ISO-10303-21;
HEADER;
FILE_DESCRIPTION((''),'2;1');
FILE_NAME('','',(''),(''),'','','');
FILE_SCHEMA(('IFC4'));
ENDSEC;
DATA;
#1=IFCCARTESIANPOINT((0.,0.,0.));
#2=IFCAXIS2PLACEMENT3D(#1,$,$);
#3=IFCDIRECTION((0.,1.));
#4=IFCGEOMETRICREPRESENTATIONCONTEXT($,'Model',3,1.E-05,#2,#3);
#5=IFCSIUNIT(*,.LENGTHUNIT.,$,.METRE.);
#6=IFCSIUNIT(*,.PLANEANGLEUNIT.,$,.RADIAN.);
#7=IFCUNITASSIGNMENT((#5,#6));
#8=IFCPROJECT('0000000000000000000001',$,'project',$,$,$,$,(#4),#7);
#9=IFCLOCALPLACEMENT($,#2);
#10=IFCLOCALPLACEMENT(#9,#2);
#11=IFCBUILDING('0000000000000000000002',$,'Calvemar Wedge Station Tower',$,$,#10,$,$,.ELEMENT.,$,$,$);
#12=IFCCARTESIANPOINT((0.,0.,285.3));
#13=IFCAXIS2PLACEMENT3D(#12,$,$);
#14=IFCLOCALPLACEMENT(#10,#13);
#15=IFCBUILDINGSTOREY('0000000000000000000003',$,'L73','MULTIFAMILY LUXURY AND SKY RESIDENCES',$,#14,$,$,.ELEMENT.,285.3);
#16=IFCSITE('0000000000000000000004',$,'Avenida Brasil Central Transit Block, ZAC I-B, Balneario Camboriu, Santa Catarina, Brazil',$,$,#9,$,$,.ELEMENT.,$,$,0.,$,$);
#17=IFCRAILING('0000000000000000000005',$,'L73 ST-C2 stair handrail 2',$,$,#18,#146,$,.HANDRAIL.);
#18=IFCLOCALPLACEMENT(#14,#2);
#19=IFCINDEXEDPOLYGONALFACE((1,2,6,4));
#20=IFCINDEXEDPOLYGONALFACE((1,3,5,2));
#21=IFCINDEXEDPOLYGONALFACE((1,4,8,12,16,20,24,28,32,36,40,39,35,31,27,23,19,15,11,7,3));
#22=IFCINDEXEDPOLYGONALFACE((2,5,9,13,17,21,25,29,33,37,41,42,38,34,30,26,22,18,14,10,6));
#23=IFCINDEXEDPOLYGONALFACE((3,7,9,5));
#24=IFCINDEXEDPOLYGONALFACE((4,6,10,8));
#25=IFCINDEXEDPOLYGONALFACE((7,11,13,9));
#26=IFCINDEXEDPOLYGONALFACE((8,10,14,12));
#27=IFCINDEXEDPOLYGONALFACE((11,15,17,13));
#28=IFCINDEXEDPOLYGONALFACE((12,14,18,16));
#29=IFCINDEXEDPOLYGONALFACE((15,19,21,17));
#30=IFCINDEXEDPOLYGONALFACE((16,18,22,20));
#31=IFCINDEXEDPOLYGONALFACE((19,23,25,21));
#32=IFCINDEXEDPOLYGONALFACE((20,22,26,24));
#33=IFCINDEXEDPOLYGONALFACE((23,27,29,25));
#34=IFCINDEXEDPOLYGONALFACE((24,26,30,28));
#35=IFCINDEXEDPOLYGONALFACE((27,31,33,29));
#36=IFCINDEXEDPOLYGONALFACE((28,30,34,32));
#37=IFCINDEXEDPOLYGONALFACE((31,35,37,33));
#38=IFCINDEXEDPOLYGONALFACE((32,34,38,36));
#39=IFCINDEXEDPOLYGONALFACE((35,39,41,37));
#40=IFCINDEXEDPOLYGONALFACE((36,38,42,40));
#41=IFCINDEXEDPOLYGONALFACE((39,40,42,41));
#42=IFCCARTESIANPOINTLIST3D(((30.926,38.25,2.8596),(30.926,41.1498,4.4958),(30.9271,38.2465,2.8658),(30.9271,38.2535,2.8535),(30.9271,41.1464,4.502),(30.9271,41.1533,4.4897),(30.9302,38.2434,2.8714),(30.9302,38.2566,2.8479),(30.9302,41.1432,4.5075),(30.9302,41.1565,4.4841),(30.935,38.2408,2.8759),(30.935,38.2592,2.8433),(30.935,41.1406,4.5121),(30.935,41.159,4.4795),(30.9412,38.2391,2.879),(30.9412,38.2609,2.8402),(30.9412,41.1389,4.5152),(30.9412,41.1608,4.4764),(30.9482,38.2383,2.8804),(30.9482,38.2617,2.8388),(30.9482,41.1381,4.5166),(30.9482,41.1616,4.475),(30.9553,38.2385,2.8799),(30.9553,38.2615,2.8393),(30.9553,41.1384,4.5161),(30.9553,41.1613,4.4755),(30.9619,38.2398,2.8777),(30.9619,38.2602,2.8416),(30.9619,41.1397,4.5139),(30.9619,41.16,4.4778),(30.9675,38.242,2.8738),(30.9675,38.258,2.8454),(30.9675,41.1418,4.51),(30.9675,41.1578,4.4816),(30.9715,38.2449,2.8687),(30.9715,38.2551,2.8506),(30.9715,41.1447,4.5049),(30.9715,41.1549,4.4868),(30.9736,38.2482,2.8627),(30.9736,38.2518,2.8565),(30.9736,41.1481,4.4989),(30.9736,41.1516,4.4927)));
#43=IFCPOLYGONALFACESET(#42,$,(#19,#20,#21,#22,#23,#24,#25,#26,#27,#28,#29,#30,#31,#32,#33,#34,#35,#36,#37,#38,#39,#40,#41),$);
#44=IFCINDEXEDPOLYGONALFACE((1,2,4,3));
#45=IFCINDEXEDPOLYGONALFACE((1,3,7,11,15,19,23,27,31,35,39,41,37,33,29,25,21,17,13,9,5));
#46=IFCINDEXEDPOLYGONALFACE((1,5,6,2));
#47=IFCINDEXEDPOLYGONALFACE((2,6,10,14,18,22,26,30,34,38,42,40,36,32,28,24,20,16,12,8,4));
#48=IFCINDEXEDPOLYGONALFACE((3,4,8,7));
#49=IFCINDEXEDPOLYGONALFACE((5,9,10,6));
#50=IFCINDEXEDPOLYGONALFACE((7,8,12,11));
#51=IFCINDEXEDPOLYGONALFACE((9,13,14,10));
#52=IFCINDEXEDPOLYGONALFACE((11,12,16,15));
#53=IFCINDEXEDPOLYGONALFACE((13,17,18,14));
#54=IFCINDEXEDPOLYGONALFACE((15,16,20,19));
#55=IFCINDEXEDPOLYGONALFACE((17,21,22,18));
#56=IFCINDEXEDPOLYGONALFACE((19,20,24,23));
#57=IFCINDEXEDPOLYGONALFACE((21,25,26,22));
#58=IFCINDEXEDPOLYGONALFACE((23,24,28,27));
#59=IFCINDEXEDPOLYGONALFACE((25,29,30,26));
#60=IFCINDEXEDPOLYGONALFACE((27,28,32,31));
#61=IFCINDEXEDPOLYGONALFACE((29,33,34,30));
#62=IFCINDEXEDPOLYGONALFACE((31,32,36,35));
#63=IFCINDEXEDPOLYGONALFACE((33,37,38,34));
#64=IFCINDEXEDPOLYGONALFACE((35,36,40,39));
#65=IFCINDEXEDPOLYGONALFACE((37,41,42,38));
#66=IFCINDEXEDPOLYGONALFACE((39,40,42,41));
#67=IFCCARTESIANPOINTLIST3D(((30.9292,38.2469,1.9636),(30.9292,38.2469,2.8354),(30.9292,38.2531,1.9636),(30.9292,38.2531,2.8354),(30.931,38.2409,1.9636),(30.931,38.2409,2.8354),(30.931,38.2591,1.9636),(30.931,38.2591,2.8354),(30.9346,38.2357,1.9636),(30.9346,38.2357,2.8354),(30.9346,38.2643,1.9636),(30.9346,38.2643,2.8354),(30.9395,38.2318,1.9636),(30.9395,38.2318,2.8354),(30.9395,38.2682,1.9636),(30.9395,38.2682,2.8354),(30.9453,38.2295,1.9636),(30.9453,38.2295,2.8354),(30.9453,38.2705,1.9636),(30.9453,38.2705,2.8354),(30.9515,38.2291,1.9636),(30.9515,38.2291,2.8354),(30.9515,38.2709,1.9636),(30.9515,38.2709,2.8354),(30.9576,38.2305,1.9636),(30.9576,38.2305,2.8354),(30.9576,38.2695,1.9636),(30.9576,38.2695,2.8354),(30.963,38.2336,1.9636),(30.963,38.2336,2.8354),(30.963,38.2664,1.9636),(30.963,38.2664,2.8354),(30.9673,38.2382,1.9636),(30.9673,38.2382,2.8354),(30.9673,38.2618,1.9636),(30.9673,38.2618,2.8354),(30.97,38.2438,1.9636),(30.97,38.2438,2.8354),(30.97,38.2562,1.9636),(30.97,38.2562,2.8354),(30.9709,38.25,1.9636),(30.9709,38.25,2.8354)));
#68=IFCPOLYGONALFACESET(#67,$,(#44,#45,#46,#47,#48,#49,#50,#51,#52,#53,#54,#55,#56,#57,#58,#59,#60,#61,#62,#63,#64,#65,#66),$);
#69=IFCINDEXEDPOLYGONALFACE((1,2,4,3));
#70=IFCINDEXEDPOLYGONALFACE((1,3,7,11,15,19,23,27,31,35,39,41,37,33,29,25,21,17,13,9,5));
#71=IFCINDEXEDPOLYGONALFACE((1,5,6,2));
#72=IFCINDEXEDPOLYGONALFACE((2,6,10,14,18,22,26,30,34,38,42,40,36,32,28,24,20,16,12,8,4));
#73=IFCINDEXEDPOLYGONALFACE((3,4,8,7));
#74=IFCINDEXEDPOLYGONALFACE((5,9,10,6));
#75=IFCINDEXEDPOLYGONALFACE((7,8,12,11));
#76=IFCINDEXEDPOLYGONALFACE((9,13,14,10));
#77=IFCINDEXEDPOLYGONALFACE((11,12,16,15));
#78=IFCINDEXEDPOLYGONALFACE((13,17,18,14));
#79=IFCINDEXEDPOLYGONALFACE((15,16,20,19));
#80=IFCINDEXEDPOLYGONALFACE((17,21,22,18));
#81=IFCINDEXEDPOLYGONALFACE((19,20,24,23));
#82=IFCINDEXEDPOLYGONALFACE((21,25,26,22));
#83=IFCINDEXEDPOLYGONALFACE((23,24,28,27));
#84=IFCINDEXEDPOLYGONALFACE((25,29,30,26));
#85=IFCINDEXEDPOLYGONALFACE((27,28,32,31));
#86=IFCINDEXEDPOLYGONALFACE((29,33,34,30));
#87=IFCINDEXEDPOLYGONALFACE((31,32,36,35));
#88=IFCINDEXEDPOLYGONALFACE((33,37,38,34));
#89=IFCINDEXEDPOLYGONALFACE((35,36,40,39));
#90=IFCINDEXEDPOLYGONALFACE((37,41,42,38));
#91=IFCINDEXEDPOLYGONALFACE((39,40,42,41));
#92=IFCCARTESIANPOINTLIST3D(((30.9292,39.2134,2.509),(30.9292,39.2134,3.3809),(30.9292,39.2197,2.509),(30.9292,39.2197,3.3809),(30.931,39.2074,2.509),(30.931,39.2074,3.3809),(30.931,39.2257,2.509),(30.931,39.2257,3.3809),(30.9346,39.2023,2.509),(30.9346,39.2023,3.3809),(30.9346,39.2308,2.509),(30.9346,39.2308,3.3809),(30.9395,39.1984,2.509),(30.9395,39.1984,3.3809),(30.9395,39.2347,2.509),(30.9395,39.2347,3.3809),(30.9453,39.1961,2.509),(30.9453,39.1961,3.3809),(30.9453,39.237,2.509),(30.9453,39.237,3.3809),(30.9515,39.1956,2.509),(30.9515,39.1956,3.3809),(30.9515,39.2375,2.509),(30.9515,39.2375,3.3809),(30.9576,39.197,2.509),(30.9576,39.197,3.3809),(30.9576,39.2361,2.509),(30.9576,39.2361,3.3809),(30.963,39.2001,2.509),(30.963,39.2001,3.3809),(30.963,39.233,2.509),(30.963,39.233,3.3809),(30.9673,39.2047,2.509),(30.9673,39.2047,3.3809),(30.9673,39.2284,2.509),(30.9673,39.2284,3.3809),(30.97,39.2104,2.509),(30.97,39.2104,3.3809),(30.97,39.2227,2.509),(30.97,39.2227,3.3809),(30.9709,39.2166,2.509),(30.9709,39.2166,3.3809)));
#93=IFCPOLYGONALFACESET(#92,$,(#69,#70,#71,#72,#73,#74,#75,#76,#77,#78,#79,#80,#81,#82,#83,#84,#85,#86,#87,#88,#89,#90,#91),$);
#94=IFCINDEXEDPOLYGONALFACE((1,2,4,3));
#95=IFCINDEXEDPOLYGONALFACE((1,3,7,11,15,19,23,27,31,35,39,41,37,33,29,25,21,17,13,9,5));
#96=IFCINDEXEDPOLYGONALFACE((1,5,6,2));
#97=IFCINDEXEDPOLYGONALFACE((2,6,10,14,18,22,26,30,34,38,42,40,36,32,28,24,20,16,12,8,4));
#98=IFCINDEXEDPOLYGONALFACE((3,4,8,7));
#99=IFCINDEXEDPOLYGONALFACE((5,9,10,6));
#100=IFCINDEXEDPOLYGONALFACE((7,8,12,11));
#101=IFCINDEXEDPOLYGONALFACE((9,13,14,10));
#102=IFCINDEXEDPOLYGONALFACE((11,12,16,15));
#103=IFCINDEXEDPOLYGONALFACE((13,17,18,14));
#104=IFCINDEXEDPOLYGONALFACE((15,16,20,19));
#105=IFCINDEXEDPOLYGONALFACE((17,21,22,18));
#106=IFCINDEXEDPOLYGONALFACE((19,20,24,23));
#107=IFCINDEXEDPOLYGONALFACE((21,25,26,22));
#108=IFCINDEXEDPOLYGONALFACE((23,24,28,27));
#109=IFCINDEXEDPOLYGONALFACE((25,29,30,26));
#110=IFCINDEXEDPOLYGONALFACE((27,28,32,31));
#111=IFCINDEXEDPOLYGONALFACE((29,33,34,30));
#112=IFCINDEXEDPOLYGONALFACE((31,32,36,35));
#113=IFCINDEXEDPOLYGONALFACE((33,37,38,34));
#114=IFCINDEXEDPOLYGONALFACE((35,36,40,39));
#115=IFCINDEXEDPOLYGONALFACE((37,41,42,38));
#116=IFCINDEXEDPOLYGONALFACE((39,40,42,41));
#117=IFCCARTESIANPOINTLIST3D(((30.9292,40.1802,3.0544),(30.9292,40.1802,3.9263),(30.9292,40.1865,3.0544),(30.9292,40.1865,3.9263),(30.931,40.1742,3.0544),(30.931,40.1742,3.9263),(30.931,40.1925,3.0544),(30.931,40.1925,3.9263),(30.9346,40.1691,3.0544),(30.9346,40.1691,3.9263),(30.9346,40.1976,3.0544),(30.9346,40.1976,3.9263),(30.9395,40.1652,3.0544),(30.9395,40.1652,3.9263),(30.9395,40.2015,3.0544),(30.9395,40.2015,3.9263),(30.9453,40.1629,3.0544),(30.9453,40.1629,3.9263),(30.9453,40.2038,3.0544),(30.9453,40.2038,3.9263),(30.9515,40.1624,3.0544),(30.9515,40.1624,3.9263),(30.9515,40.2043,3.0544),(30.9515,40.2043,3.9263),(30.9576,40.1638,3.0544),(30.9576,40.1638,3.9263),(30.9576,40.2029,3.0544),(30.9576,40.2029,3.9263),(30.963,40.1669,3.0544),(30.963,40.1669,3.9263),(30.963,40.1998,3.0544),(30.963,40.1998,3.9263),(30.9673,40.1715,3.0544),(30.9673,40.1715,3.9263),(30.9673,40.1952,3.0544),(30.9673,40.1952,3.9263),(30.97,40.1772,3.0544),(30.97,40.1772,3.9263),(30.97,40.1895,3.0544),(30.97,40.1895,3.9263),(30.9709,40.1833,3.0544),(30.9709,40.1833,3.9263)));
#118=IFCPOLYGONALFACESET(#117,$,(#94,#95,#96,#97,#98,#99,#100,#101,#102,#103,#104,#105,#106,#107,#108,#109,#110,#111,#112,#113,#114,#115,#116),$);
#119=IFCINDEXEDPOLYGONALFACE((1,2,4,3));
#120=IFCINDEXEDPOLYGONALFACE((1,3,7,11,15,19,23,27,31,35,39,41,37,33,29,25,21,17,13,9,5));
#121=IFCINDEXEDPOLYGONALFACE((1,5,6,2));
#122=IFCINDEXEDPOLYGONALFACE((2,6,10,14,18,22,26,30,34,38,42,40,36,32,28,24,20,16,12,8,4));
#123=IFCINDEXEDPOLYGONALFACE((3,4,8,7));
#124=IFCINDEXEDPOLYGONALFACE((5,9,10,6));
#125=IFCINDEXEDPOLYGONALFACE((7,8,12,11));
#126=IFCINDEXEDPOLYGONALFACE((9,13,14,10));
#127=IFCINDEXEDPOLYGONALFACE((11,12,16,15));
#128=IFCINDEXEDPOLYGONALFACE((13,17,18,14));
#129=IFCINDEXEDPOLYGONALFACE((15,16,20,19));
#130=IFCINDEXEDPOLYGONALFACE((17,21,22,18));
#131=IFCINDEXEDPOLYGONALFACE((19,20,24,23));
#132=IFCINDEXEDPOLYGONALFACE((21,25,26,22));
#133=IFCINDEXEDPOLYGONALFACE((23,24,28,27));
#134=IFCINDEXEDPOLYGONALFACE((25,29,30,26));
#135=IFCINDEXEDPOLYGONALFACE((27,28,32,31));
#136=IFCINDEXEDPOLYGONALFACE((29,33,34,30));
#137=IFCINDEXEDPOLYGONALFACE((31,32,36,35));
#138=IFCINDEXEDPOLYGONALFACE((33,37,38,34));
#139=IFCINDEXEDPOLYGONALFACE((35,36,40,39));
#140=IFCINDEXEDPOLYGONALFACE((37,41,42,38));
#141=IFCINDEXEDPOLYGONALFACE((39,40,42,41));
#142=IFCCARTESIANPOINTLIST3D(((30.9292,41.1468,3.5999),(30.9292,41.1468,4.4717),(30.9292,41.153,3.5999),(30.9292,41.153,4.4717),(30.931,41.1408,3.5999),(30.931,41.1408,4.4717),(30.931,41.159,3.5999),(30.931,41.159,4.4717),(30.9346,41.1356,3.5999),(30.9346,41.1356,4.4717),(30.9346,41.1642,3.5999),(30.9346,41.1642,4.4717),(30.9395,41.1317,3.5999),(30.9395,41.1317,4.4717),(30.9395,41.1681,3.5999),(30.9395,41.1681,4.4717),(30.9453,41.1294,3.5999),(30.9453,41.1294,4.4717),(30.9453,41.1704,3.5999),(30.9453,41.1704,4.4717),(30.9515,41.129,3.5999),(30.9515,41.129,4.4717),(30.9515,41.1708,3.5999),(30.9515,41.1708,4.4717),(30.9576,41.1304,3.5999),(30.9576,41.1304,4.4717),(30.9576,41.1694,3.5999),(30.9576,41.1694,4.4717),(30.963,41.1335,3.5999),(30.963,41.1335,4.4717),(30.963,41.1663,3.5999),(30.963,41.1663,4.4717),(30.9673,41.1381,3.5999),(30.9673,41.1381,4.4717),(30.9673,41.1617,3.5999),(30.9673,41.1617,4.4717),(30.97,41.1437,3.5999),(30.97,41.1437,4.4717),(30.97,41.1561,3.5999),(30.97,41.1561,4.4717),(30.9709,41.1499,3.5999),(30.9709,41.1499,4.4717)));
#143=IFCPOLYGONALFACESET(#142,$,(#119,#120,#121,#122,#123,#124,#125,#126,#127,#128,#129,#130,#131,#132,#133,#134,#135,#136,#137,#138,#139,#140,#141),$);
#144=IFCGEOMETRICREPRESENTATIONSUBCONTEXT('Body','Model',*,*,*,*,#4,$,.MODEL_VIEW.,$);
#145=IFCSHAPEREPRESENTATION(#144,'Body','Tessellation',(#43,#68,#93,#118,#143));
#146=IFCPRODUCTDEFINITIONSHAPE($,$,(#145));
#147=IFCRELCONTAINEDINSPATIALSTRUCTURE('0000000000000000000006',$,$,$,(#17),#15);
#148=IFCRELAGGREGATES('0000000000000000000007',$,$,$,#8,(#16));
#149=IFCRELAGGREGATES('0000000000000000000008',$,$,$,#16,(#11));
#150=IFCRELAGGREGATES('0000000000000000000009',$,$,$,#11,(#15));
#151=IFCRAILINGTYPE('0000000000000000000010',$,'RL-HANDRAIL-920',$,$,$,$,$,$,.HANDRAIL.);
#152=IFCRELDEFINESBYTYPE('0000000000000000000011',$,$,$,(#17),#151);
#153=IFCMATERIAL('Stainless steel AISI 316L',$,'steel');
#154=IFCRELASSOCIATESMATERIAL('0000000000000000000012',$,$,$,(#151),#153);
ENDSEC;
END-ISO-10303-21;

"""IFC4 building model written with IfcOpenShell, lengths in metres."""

from ifc_helpers import new_model, si_unit, direction, frame, origin, origin_2d, place, context, subcontext, project, spatial, circle, extrude, material, type_object, element, save


model = new_model("IFC4")

# Units and contexts
model_context = context("Model", 3, precision=1e-05, world=origin(), true_north=direction((0.0, 1.0)))
body_context = subcontext(model_context, "Body", "Model", "MODEL_VIEW")
ifc_project = project(units=[si_unit("LENGTHUNIT", "METRE"), si_unit("PLANEANGLEUNIT", "RADIAN")], contexts=[model_context])

# Site, building, storey
site_placement = place(None, origin())
site = spatial("IfcSite", under=ifc_project, at=site_placement, Name="Avenida Brasil Central Transit Block, ZAC I-B, Balneario Camboriu, Santa Catarina, Brazil", CompositionType="ELEMENT", RefElevation=0.0)
building_placement = place(site_placement, origin())
building = spatial("IfcBuilding", under=site, at=building_placement, Name="Calvemar Wedge Station Tower", CompositionType="ELEMENT")
storey_placement = place(building_placement, frame((0.0, 0.0, 285.3)))
storey = spatial("IfcBuildingStorey", under=building, at=storey_placement, Name="L73", Description="MULTIFAMILY LUXURY AND SKY RESIDENCES", CompositionType="ELEMENT", Elevation=285.3)

# Railing
ifc_material_1 = material(Name="Stainless steel AISI 316L", Category="steel")
railing_type_1 = type_object("IfcRailingType", Name="RL-HANDRAIL-920", PredefinedType="HANDRAIL", material=ifc_material_1)
railing_1_placement = place(storey_placement, frame((30.95, 38.25, 1.9636)))
element("IfcRailing", 1, at=railing_1_placement, inside=storey, type_object=railing_type_1, Name="L73 ST-C2 stair handrail 2", PredefinedType="HANDRAIL", context=body_context, shape_type="SweptSolid", body=[
    extrude(circle(Radius=0.0239, at=origin_2d()), frame((0.0, 0.0, 0.896), z_axis=(0.0, 0.870929, 0.49141), x_axis=(-1.0, 0.0, 0.0)), (0.0, 0.0, 1.0), 3.3296),
    extrude(circle(Radius=0.021, at=origin_2d()), origin(), (0.0, 0.0, 1.0), 0.8718),
    extrude(circle(Radius=0.021, at=origin_2d()), frame((0.0, 0.9666, 0.5454)), (0.0, 0.0, 1.0), 0.8718),
    extrude(circle(Radius=0.021, at=origin_2d()), frame((0.0, 1.9333, 1.0908)), (0.0, 0.0, 1.0), 0.8718),
    extrude(circle(Radius=0.021, at=origin_2d()), frame((0.0, 2.8999, 1.6362)), (0.0, 0.0, 1.0), 0.8718),
])

save(model, "model.ifc")
